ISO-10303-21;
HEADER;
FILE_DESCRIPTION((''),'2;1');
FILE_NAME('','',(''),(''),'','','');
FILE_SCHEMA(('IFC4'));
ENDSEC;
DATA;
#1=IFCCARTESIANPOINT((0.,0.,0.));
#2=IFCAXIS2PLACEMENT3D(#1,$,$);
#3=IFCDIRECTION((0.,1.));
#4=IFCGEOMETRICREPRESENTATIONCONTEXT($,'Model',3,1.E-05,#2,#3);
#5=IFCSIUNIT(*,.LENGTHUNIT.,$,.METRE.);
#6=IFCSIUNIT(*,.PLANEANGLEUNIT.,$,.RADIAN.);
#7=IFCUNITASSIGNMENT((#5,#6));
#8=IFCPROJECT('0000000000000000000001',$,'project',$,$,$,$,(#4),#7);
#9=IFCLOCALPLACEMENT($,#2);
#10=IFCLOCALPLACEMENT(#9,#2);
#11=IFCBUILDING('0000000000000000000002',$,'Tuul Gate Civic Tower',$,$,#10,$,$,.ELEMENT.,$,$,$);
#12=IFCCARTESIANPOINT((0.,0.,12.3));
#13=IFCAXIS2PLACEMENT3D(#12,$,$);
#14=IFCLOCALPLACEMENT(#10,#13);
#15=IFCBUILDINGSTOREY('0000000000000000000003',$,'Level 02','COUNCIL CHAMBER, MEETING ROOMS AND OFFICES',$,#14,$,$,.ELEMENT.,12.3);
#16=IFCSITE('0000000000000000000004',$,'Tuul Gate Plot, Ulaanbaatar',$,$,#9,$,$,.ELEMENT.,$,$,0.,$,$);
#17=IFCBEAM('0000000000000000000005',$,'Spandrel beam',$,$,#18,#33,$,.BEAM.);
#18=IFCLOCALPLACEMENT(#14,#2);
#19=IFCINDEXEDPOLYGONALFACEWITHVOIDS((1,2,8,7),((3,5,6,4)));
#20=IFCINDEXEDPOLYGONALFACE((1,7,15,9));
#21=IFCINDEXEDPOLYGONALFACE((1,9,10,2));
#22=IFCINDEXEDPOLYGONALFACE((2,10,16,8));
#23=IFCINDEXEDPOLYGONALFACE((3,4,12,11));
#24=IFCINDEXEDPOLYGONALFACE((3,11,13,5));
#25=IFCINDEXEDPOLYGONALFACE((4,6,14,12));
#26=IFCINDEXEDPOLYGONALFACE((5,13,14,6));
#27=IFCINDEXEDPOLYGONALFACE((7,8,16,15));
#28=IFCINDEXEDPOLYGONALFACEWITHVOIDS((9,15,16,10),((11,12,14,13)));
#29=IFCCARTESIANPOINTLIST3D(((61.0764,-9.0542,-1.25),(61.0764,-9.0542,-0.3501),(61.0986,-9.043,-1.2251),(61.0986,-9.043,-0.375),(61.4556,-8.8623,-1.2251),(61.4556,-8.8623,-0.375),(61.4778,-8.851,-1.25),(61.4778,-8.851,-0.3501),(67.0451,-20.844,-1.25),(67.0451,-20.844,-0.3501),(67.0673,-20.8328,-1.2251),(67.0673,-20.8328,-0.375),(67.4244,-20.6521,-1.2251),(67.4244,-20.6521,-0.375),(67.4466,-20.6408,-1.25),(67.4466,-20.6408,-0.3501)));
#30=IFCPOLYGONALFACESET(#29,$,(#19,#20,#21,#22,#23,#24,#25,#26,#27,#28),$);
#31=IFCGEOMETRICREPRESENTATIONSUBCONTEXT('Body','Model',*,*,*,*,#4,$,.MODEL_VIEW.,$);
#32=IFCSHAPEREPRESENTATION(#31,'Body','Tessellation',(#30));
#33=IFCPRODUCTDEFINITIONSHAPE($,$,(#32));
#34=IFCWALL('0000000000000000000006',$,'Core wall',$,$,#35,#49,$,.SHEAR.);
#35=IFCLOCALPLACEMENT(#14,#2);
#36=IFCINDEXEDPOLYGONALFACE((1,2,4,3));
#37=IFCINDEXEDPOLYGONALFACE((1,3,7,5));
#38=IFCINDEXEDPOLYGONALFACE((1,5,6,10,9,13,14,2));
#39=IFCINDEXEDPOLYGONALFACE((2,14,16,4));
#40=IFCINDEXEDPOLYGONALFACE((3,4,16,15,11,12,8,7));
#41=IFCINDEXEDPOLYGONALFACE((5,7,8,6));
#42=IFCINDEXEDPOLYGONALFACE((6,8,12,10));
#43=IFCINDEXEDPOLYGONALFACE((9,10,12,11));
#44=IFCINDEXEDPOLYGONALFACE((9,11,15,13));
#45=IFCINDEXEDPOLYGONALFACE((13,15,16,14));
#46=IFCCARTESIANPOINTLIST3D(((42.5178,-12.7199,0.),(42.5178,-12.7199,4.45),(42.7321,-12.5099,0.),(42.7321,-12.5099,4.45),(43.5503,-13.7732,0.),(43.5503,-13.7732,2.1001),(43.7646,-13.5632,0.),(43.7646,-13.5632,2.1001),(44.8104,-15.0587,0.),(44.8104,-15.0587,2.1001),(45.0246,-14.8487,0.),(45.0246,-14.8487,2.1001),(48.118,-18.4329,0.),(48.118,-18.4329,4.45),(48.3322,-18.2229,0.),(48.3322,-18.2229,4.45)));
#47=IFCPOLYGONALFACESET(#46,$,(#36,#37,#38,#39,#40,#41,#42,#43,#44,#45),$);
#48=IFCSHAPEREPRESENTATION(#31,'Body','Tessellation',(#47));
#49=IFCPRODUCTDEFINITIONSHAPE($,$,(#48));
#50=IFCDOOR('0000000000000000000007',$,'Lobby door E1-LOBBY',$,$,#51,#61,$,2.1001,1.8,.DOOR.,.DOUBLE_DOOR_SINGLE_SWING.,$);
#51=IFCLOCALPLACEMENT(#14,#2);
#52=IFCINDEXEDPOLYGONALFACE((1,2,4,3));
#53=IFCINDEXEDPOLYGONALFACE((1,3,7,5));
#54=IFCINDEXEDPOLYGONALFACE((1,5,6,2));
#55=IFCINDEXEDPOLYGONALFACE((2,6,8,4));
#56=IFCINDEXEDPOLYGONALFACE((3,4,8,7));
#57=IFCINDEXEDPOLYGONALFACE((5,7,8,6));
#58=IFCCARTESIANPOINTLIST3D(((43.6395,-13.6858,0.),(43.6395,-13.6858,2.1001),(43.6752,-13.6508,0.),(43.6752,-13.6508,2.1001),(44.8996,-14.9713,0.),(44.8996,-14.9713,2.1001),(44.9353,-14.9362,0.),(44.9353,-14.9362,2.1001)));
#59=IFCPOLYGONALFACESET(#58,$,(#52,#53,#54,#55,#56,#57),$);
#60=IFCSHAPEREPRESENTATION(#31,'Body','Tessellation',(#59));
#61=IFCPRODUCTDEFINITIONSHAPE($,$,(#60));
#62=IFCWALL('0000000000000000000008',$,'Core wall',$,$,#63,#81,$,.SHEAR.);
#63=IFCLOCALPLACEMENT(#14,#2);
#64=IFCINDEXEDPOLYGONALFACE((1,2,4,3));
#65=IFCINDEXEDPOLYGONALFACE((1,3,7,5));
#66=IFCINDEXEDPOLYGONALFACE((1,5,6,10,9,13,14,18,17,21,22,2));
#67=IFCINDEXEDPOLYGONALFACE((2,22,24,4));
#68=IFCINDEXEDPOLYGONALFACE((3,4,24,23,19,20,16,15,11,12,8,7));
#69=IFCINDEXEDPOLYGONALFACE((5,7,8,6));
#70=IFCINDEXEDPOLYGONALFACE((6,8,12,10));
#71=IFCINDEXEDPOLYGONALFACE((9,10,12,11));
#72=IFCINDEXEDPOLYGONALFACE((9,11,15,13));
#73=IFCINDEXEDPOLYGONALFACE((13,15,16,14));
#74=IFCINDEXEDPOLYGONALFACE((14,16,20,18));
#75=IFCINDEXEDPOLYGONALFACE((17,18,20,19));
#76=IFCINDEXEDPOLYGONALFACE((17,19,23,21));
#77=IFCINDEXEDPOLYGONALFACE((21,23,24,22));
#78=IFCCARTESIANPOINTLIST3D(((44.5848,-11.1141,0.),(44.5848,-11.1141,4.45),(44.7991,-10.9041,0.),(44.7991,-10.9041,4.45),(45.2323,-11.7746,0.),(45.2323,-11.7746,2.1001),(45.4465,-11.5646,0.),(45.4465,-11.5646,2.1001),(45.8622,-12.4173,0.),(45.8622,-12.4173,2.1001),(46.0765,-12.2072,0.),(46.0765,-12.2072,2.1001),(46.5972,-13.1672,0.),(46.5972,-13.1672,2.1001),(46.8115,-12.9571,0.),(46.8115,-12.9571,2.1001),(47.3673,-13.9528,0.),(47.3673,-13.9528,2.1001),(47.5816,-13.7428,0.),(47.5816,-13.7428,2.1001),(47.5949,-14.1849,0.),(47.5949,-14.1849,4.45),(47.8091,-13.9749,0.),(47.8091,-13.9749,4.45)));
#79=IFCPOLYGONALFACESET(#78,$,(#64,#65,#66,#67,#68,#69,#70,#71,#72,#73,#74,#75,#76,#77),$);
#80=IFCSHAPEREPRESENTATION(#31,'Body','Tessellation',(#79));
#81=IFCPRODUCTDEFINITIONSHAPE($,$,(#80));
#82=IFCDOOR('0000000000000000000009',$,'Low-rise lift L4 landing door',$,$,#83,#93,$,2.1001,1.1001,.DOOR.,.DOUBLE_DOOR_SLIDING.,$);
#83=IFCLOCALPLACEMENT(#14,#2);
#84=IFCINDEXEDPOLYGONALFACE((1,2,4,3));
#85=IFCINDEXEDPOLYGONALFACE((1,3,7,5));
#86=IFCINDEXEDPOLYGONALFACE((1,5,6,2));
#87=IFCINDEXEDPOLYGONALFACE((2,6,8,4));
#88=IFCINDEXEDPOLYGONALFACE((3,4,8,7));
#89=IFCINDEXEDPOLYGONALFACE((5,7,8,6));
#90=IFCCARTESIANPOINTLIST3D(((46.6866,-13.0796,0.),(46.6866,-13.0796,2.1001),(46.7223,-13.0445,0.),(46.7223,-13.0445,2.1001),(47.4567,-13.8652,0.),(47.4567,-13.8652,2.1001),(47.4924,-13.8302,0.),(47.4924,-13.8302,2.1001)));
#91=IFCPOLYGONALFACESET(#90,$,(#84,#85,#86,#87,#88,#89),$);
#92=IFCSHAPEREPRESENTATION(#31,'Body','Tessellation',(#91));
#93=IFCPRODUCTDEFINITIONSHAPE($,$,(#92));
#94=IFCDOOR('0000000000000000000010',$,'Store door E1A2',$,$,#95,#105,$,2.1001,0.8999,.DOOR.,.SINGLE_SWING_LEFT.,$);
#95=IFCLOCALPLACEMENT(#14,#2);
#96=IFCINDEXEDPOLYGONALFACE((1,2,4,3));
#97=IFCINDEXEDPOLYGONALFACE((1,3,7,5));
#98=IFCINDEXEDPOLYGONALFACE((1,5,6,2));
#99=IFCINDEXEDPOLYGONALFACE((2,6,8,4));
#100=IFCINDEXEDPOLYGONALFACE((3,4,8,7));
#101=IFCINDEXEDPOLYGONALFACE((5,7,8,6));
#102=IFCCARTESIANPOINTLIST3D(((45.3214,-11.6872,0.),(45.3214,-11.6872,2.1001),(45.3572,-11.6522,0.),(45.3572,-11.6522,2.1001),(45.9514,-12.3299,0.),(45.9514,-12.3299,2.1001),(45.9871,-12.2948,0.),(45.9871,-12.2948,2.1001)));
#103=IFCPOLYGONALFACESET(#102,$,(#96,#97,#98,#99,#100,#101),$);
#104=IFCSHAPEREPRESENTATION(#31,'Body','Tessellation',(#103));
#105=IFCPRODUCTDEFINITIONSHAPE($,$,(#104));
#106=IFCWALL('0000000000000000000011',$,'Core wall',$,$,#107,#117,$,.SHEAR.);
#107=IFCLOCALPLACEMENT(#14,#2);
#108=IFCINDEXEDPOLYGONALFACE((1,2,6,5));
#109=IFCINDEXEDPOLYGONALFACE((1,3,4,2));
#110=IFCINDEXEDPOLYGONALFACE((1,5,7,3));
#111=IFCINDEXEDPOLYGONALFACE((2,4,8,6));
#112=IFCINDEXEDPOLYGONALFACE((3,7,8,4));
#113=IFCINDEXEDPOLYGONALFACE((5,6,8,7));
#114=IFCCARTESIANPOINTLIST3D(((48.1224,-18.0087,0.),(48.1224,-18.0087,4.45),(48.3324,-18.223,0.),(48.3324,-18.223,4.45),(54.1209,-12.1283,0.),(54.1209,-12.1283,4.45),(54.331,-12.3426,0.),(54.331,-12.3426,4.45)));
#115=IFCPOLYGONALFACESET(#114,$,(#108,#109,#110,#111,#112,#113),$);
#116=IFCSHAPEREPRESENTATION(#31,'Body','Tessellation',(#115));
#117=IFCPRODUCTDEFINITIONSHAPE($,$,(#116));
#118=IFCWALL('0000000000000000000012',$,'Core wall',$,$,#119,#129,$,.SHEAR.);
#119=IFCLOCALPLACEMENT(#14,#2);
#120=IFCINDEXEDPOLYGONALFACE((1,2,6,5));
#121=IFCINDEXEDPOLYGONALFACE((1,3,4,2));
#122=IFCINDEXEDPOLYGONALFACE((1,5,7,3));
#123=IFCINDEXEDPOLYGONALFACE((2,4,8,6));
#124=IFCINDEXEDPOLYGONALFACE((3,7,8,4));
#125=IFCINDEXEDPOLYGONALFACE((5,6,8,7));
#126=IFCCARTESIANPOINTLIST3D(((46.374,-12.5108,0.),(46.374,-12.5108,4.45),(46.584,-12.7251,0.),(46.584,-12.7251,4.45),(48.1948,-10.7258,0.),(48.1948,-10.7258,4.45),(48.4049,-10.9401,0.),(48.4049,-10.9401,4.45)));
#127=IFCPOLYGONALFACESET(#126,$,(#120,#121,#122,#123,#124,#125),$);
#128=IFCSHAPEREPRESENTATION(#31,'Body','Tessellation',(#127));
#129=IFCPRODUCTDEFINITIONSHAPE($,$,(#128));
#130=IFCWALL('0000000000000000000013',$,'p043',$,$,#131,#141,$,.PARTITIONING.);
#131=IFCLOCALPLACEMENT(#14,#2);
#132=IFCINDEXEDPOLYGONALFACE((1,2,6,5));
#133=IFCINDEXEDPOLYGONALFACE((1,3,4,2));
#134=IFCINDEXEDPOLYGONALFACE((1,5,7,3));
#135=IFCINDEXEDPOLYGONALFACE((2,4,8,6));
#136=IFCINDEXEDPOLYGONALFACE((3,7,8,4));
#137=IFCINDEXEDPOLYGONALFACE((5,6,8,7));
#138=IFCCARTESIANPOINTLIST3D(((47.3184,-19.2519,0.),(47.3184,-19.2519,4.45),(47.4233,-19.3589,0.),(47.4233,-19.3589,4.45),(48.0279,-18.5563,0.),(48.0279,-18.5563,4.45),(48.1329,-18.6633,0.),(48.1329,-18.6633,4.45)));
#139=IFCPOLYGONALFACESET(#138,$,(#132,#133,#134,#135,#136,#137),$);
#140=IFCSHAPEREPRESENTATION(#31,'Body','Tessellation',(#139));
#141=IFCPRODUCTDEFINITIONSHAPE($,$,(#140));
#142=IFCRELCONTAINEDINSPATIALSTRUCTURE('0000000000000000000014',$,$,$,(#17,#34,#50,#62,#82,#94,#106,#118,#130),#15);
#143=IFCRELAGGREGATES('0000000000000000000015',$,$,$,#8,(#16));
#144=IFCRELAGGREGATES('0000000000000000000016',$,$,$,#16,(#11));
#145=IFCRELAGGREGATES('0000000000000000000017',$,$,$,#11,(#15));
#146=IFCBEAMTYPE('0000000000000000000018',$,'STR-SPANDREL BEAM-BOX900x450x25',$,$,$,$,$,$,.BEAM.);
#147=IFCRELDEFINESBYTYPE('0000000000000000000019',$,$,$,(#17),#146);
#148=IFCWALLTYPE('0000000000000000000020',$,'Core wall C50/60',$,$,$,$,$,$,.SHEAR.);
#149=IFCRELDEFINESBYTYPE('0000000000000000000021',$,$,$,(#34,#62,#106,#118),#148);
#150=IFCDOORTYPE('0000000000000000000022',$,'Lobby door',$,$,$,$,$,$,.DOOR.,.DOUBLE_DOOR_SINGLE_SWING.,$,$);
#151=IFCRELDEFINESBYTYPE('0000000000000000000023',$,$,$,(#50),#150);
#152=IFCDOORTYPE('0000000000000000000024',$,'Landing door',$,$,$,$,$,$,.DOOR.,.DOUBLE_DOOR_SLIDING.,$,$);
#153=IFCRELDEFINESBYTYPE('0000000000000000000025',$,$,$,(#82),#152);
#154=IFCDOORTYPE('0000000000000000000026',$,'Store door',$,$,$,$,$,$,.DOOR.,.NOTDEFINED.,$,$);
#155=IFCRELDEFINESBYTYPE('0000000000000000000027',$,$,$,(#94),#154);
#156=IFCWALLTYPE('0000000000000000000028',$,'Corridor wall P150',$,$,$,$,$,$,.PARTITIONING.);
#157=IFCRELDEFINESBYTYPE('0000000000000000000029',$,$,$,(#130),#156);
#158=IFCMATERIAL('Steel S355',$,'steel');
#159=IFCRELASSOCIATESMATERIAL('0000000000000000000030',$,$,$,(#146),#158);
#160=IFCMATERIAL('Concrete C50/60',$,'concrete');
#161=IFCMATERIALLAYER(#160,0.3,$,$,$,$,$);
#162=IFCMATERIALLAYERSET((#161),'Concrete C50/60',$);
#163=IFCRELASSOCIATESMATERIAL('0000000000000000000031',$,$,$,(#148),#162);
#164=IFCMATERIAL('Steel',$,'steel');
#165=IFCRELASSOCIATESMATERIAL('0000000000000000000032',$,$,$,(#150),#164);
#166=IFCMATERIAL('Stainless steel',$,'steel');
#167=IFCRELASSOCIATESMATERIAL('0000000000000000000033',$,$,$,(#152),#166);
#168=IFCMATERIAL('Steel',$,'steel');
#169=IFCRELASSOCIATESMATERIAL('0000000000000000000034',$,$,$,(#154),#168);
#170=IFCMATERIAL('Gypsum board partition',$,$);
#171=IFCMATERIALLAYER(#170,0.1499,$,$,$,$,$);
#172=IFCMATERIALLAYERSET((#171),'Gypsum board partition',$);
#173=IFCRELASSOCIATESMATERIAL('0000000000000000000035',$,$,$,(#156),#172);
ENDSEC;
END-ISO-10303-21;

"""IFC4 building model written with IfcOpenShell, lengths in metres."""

from ifc_helpers import new_model, si_unit, direction, frame, frame_2d, origin, origin_2d, place, context, subcontext, project, spatial, rectangle, hollow_rectangle, extrude, material, layer, layer_set, material_profile, profile_set, type_object, element, fill, save


model = new_model("IFC4")

# Units and contexts
model_context = context("Model", 3, precision=1e-05, world=origin(), true_north=direction((0.0, 1.0)))
body_context = subcontext(model_context, "Body", "Model", "MODEL_VIEW")
ifc_project = project(units=[si_unit("LENGTHUNIT", "METRE"), si_unit("PLANEANGLEUNIT", "RADIAN")], contexts=[model_context])

# Site, building, storey
site_placement = place(None, origin())
site = spatial("IfcSite", under=ifc_project, at=site_placement, Name="Tuul Gate Plot, Ulaanbaatar", CompositionType="ELEMENT", RefElevation=0.0)
building_placement = place(site_placement, origin())
building = spatial("IfcBuilding", under=site, at=building_placement, Name="Tuul Gate Civic Tower", CompositionType="ELEMENT")
storey_placement = place(building_placement, frame((0.0, 0.0, 12.3)))
storey = spatial("IfcBuildingStorey", under=building, at=storey_placement, Name="Level 02", Description="COUNCIL CHAMBER, MEETING ROOMS AND OFFICES", CompositionType="ELEMENT", Elevation=12.3)

# Beam
ifc_material_1 = material(Name="Steel S355", Category="steel")
ifc_material_profile = material_profile(ifc_material_1, hollow_rectangle(XDim=0.45, YDim=0.8999, WallThickness=0.0249, at=origin_2d()), Name="BOX900x450x25")
ifc_profile_set = profile_set([ifc_material_profile], Name="Steel S355")
beam_type = type_object("IfcBeamType", Name="STR-SPANDREL BEAM-BOX900x450x25", PredefinedType="BEAM", material=ifc_profile_set)
beam_placement = place(storey_placement, frame((67.2458, -20.7424, -0.8), z_axis=(-0.451679, 0.892181, 0.0), x_axis=(-0.892181, -0.451679, 0.0)))
element("IfcBeam", 1, at=beam_placement, inside=storey, type_object=beam_type, Name="Spandrel beam", PredefinedType="BEAM", context=body_context, shape_type="SweptSolid", body=[
    extrude(hollow_rectangle(XDim=0.45, YDim=0.8999, WallThickness=0.0249, at=origin_2d()), origin(), (0.0, 0.0, 1.0), 13.2146),
])

# Wall, opening, door
ifc_material_2 = material(Name="Concrete C50/60", Category="concrete")
ifc_layer_1 = layer(ifc_material_2, 0.3)
ifc_layer_set_1 = layer_set([ifc_layer_1], Name="Concrete C50/60")
wall_type_1 = type_object("IfcWallType", Name="Core wall C50/60", PredefinedType="SHEAR", material=ifc_layer_set_1)
wall_1_placement = place(storey_placement, frame((48.2251, -18.3279, 0.0), z_axis=(0.0, 0.0, 1.0), x_axis=(-0.700022, 0.714121, 0.0)))
wall_1 = element("IfcWall", 2, at=wall_1_placement, inside=storey, type_object=wall_type_1, Name="Core wall", PredefinedType="SHEAR", context=body_context, shape_type="SweptSolid", body=[
    extrude(rectangle(XDim=8.0, YDim=0.3, at=frame_2d((4.0, 0.0))), origin(), (0.0, 0.0, 1.0), 4.45),
])
opening_1_placement = place(wall_1_placement, frame((4.7251, 0.0, 0.0)))
opening_1 = element("IfcOpeningElement", 3, at=opening_1_placement, cuts=wall_1, PredefinedType="OPENING", context=body_context, shape_type="SweptSolid", body=[
    extrude(rectangle(XDim=1.8, YDim=2.1001, at=frame_2d((0.8999, 1.05))), frame((0.0, 0.1602, 0.0), z_axis=(0.0, -1.0, 0.0), x_axis=(1.0, 0.0, 0.0)), (0.0, 0.0, 1.0), 0.3201),
])
ifc_material_3 = material(Name="Steel", Category="steel")
door_type_1 = type_object("IfcDoorType", Name="Lobby door", OperationType="DOUBLE_DOOR_SINGLE_SWING", PredefinedType="DOOR", material=ifc_material_3)
door_1_placement = place(opening_1_placement, frame((1.8, 0.0, 0.0), z_axis=(0.0, 0.0, 1.0), x_axis=(-1.0, 0.0, 0.0)))
door_1 = element("IfcDoor", 4, at=door_1_placement, inside=storey, type_object=door_type_1, Name="Lobby door E1-LOBBY", OperationType="DOUBLE_DOOR_SINGLE_SWING", OverallHeight=2.1001, OverallWidth=1.8, PredefinedType="DOOR", context=body_context, shape_type="SweptSolid", body=[
    extrude(rectangle(XDim=1.8, YDim=2.1001, at=frame_2d((0.9001, 1.05))), frame((0.0, 0.0249, 0.0), z_axis=(0.0, -1.0, 0.0), x_axis=(1.0, 0.0, 0.0)), (0.0, 0.0, 1.0), 0.05),
])
fill(opening_1, door_1)

# Wall, openings, doors
wall_2_placement = place(storey_placement, frame((47.7019, -14.0798, 0.0), z_axis=(0.0, 0.0, 1.0), x_axis=(-0.700003, 0.71414, 0.0)))
wall_2 = element("IfcWall", 5, at=wall_2_placement, inside=storey, type_object=wall_type_1, Name="Core wall", PredefinedType="SHEAR", context=body_context, shape_type="SweptSolid", body=[
    extrude(rectangle(XDim=4.3, YDim=0.3, at=frame_2d((2.1499, 0.0))), origin(), (0.0, 0.0, 1.0), 4.45),
])
opening_2_placement = place(wall_2_placement, frame((0.325, 0.0, 0.0)))
opening_2 = element("IfcOpeningElement", 6, at=opening_2_placement, cuts=wall_2, PredefinedType="OPENING", context=body_context, shape_type="SweptSolid", body=[
    extrude(rectangle(XDim=1.1001, YDim=2.1001, at=frame_2d((0.55, 1.05))), frame((0.0, 0.1602, 0.0), z_axis=(0.0, -1.0, 0.0), x_axis=(1.0, 0.0, 0.0)), (0.0, 0.0, 1.0), 0.3201),
])
opening_3_placement = place(wall_2_placement, frame((2.4751, 0.0, 0.0)))
opening_3 = element("IfcOpeningElement", 7, at=opening_3_placement, cuts=wall_2, PredefinedType="OPENING", context=body_context, shape_type="SweptSolid", body=[
    extrude(rectangle(XDim=0.8999, YDim=2.1001, at=frame_2d((0.45, 1.05))), frame((0.0, 0.1602, 0.0), z_axis=(0.0, -1.0, 0.0), x_axis=(1.0, 0.0, 0.0)), (0.0, 0.0, 1.0), 0.3201),
])
ifc_material_4 = material(Name="Stainless steel", Category="steel")
door_type_2 = type_object("IfcDoorType", Name="Landing door", OperationType="DOUBLE_DOOR_SLIDING", PredefinedType="DOOR", material=ifc_material_4)
door_2_placement = place(opening_2_placement, origin())
door_2 = element("IfcDoor", 8, at=door_2_placement, inside=storey, type_object=door_type_2, Name="Low-rise lift L4 landing door", OperationType="DOUBLE_DOOR_SLIDING", OverallHeight=2.1001, OverallWidth=1.1001, PredefinedType="DOOR", context=body_context, shape_type="SweptSolid", body=[
    extrude(rectangle(XDim=1.1001, YDim=2.1001, at=frame_2d((0.55, 1.05))), frame((0.0, 0.0249, 0.0), z_axis=(0.0, -1.0, 0.0), x_axis=(1.0, 0.0, 0.0)), (0.0, 0.0, 1.0), 0.05),
])
fill(opening_2, door_2)
ifc_material_5 = material(Name="Steel", Category="steel")
door_type_3 = type_object("IfcDoorType", Name="Store door", OperationType="NOTDEFINED", PredefinedType="DOOR", material=ifc_material_5)
door_3_placement = place(opening_3_placement, frame((0.8999, 0.0, 0.0), z_axis=(0.0, 0.0, 1.0), x_axis=(-1.0, 0.0, 0.0)))
door_3 = element("IfcDoor", 9, at=door_3_placement, inside=storey, type_object=door_type_3, Name="Store door E1A2", OperationType="SINGLE_SWING_LEFT", OverallHeight=2.1001, OverallWidth=0.8999, PredefinedType="DOOR", context=body_context, shape_type="SweptSolid", body=[
    extrude(rectangle(XDim=0.8999, YDim=2.1001, at=frame_2d((0.45, 1.05))), frame((0.0, 0.0249, 0.0), z_axis=(0.0, -1.0, 0.0), x_axis=(1.0, 0.0, 0.0)), (0.0, 0.0, 1.0), 0.05),
])
fill(opening_3, door_3)

# Walls
wall_3_placement = place(storey_placement, frame((48.2273, -18.116, 0.0), z_axis=(0.0, 0.0, 1.0), x_axis=(0.714105, 0.700038, 0.0)))
element("IfcWall", 10, at=wall_3_placement, inside=storey, type_object=wall_type_1, Name="Core wall", PredefinedType="SHEAR", context=body_context, shape_type="SweptSolid", body=[
    extrude(rectangle(XDim=8.4001, YDim=0.3, at=frame_2d((4.2002, 0.0))), origin(), (0.0, 0.0, 1.0), 4.45),
])
wall_4_placement = place(storey_placement, frame((46.479, -12.6179, 0.0), z_axis=(0.0, 0.0, 1.0), x_axis=(0.714109, 0.700034, 0.0)))
element("IfcWall", 11, at=wall_4_placement, inside=storey, type_object=wall_type_1, Name="Core wall", PredefinedType="SHEAR", context=body_context, shape_type="SweptSolid", body=[
    extrude(rectangle(XDim=2.5498, YDim=0.3, at=frame_2d((1.2749, 0.0))), origin(), (0.0, 0.0, 1.0), 4.45),
])
ifc_material_6 = material(Name="Gypsum board partition")
ifc_layer_2 = layer(ifc_material_6, 0.1499)
ifc_layer_set_2 = layer_set([ifc_layer_2], Name="Gypsum board partition")
wall_type_2 = type_object("IfcWallType", Name="Corridor wall P150", PredefinedType="PARTITIONING", material=ifc_layer_set_2)
wall_5_placement = place(storey_placement, frame((47.3708, -19.3054, 0.0), z_axis=(0.0, 0.0, 1.0), x_axis=(0.714075, 0.700069, 0.0)))
element("IfcWall", 12, at=wall_5_placement, inside=storey, type_object=wall_type_2, Name="p043", PredefinedType="PARTITIONING", context=body_context, shape_type="SweptSolid", body=[
    extrude(rectangle(XDim=0.9937, YDim=0.1499, at=frame_2d((0.4968, 0.0))), origin(), (0.0, 0.0, 1.0), 4.45),
])

save(model, "model.ifc")
